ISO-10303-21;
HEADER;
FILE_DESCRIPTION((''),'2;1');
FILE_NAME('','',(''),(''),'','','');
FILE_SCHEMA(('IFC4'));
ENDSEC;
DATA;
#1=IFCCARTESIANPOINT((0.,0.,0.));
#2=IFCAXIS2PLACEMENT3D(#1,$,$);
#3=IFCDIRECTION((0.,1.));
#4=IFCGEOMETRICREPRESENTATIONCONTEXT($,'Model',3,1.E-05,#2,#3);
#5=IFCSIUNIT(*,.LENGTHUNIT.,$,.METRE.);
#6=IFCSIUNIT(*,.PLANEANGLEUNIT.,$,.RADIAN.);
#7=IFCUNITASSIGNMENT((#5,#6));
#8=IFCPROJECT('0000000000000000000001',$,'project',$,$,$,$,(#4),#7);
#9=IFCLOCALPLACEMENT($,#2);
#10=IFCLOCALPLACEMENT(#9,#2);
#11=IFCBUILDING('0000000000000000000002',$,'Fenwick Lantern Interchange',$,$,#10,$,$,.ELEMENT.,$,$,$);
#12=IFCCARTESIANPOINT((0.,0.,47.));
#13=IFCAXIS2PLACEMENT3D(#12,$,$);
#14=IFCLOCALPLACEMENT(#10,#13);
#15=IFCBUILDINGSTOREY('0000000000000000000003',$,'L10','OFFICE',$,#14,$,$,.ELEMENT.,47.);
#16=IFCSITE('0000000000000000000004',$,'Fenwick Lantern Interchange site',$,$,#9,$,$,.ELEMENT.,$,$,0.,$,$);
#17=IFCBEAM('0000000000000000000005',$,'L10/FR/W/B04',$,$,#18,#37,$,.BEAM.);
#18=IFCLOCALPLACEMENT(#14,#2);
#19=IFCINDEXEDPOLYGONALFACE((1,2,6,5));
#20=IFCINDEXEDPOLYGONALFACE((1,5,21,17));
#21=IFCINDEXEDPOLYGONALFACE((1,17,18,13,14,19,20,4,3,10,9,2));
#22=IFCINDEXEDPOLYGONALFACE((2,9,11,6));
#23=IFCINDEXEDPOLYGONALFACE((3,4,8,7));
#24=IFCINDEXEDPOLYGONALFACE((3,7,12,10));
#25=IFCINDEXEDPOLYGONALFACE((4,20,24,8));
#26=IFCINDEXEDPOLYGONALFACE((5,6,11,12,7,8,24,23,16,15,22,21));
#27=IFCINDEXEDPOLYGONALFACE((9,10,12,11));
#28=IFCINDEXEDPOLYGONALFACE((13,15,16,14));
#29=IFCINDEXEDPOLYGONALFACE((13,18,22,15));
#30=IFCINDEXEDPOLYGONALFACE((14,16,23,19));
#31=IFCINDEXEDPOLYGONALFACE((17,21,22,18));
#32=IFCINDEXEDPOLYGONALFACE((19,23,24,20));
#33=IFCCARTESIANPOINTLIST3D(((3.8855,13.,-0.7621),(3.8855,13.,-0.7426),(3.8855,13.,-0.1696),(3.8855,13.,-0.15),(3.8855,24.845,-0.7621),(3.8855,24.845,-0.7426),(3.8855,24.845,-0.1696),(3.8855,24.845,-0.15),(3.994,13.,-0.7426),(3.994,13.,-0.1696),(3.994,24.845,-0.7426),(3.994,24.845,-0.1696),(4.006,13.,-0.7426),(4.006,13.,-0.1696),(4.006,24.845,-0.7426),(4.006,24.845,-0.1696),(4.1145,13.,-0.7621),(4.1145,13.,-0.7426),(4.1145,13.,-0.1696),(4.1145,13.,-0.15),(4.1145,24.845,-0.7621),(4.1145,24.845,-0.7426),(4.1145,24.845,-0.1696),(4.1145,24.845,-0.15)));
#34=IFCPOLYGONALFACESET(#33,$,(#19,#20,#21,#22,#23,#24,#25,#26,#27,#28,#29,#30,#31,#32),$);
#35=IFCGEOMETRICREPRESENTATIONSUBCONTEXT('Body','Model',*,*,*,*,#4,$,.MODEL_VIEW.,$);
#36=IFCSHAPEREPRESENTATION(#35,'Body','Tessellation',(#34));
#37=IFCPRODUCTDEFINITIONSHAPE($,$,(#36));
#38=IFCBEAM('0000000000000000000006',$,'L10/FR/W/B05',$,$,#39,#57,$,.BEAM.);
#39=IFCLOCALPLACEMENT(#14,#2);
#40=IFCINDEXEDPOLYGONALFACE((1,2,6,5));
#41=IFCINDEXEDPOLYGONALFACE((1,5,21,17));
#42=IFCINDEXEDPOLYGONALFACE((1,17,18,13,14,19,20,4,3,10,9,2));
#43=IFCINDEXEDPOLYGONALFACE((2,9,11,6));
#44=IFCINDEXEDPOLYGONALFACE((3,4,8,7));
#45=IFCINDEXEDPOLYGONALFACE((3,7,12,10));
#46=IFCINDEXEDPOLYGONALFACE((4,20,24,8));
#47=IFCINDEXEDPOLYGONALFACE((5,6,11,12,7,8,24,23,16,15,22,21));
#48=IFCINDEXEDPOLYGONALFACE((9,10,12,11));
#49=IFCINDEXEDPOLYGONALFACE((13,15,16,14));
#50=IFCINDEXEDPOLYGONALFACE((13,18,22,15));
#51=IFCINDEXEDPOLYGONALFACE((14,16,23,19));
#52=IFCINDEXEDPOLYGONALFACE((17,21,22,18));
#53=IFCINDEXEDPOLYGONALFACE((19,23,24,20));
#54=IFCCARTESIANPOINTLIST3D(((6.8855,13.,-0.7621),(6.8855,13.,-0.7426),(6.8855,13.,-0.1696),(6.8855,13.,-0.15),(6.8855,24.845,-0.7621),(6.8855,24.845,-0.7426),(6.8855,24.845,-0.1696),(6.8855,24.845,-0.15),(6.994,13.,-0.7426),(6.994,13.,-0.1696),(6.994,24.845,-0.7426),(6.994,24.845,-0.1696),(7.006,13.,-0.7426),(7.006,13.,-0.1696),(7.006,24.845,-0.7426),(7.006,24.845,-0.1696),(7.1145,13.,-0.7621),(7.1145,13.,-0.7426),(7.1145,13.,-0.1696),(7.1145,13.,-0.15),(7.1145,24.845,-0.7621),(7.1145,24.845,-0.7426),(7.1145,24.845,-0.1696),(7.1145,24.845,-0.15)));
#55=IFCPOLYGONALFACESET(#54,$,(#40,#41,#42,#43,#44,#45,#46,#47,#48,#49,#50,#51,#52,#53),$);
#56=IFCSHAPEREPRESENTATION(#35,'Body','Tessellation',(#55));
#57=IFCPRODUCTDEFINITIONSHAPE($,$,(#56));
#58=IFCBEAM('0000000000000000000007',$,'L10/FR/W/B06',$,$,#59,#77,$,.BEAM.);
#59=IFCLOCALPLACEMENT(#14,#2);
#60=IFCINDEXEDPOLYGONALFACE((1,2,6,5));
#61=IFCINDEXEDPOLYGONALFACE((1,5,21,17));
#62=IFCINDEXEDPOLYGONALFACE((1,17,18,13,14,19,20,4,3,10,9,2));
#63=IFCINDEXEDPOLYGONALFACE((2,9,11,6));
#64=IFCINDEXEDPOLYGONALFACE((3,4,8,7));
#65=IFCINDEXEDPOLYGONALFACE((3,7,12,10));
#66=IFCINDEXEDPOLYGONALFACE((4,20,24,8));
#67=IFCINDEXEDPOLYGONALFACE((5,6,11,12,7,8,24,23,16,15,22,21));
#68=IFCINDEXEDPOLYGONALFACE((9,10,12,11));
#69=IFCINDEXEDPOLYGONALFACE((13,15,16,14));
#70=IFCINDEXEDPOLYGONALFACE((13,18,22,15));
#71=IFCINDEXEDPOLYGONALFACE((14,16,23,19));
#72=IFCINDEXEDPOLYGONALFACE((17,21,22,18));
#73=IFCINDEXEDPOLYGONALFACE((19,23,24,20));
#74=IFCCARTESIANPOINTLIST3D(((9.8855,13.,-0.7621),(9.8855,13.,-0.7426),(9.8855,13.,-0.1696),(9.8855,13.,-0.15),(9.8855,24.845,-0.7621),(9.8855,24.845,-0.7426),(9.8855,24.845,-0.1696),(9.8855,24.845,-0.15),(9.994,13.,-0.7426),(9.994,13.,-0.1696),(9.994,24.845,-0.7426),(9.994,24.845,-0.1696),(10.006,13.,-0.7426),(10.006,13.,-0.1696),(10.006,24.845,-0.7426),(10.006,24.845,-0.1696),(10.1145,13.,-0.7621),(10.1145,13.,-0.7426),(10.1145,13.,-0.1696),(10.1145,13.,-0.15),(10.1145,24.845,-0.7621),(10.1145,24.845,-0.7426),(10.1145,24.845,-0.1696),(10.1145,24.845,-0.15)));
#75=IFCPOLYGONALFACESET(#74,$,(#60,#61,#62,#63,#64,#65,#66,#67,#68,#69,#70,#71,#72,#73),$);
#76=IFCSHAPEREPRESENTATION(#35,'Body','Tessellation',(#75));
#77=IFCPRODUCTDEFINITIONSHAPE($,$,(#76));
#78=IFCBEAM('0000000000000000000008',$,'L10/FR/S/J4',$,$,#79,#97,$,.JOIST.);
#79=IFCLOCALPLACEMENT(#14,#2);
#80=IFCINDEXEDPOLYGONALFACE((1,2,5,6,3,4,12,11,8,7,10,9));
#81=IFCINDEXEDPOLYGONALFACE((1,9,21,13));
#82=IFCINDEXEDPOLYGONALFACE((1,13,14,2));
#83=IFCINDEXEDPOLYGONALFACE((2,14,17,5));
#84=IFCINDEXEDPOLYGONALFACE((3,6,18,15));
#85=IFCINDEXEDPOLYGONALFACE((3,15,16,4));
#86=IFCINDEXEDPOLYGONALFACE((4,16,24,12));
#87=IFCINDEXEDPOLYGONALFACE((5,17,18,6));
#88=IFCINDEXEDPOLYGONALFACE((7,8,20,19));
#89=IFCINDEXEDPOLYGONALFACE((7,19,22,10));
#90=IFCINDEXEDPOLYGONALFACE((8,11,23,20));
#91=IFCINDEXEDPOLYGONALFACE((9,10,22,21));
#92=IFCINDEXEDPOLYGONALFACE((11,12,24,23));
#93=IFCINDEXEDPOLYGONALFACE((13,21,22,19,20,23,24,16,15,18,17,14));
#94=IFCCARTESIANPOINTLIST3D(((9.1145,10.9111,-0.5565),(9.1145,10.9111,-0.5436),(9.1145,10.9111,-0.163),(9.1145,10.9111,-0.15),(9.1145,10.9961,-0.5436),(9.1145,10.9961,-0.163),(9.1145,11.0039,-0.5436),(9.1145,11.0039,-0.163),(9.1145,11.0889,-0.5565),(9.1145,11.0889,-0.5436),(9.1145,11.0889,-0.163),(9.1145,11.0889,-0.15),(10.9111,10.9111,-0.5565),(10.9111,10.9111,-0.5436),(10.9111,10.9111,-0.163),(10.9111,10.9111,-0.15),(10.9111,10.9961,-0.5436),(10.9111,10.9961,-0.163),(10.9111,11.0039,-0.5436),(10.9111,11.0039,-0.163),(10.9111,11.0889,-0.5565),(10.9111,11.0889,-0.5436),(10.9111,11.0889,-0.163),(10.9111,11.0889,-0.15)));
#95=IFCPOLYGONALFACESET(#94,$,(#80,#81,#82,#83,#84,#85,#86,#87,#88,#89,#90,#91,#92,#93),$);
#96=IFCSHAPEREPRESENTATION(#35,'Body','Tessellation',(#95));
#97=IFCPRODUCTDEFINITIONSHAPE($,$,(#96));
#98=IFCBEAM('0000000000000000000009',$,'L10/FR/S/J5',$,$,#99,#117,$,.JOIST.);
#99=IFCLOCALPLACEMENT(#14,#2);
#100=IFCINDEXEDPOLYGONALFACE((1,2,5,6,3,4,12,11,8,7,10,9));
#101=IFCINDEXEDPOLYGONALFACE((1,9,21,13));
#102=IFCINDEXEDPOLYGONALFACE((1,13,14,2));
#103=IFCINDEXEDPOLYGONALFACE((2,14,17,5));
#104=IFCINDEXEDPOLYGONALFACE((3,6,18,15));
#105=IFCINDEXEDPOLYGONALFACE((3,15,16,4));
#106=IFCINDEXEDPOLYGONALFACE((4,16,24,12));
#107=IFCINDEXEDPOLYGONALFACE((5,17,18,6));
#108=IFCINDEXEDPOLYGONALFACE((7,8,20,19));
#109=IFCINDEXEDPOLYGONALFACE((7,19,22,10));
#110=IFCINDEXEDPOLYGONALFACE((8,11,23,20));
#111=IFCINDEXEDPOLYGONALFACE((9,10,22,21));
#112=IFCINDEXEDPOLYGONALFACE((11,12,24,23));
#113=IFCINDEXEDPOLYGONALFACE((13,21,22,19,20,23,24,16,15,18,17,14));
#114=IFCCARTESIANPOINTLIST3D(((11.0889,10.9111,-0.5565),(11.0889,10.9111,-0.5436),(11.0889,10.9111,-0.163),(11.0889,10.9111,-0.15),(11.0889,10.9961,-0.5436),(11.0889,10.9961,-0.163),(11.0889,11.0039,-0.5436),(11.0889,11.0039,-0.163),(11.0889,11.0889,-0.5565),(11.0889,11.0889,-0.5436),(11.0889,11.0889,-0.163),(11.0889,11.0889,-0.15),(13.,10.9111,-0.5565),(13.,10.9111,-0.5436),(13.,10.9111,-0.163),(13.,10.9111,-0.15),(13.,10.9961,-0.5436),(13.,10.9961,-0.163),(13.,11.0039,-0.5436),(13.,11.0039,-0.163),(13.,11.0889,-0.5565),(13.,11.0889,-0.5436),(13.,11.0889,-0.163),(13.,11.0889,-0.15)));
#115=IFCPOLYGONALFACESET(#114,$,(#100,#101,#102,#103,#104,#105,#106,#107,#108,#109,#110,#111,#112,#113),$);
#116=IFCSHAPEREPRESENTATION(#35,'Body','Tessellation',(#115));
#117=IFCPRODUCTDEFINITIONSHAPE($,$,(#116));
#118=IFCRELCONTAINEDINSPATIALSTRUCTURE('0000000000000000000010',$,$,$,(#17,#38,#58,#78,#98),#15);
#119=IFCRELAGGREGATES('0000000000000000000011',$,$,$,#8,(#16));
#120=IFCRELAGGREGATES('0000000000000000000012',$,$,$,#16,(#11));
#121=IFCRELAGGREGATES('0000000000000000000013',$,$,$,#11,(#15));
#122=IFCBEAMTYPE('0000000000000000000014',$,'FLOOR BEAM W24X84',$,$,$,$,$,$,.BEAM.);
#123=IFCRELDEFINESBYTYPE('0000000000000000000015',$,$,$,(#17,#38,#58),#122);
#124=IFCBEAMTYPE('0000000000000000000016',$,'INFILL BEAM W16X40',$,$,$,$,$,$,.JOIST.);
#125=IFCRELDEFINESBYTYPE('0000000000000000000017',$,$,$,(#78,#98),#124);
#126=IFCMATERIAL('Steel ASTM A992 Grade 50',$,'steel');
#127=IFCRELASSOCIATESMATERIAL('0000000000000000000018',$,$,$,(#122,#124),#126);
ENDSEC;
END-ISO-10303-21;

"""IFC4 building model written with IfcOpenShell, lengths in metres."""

from ifc_helpers import new_model, si_unit, direction, frame, origin, origin_2d, place, context, subcontext, project, spatial, i_section, extrude, material, material_profile, profile_set, type_object, element, save


model = new_model("IFC4")

# Units and contexts
model_context = context("Model", 3, precision=1e-05, world=origin(), true_north=direction((0.0, 1.0)))
body_context = subcontext(model_context, "Body", "Model", "MODEL_VIEW")
ifc_project = project(units=[si_unit("LENGTHUNIT", "METRE"), si_unit("PLANEANGLEUNIT", "RADIAN")], contexts=[model_context])

# Site, building, storey
site_placement = place(None, origin())
site = spatial("IfcSite", under=ifc_project, at=site_placement, Name="Fenwick Lantern Interchange site", CompositionType="ELEMENT", RefElevation=0.0)
building_placement = place(site_placement, origin())
building = spatial("IfcBuilding", under=site, at=building_placement, Name="Fenwick Lantern Interchange", CompositionType="ELEMENT")
storey_placement = place(building_placement, frame((0.0, 0.0, 47.0)))
storey = spatial("IfcBuildingStorey", under=building, at=storey_placement, Name="L10", Description="OFFICE", CompositionType="ELEMENT", Elevation=47.0)

# Beams
ifc_material_1 = material(Name="Steel ASTM A992 Grade 50", Category="steel")
ifc_material_profile_1 = material_profile(ifc_material_1, i_section(OverallWidth=0.229, OverallDepth=0.6121, WebThickness=0.012, FlangeThickness=0.0195, at=origin_2d()), Name="W24X84")
ifc_profile_set_1 = profile_set([ifc_material_profile_1], Name="Steel ASTM A992 Grade 50")
beam_type_1 = type_object("IfcBeamType", Name="FLOOR BEAM W24X84", PredefinedType="BEAM", material=ifc_profile_set_1)
for number, where, z_axis, x_axis, name in (
    (1, (4.0, 24.845, -0.4561), (0.0, -1.0, 0.0), (1.0, 0.0, 0.0), "L10/FR/W/B04"),
    (2, (7.0, 24.845, -0.4561), (0.0, -1.0, 0.0), (1.0, 0.0, 0.0), "L10/FR/W/B05"),
    (3, (10.0, 24.845, -0.4561), (0.0, -1.0, 0.0), (1.0, 0.0, 0.0), "L10/FR/W/B06"),
):
    element("IfcBeam", number, at=place(storey_placement, frame(where, z_axis=z_axis, x_axis=x_axis)), inside=storey, type_object=beam_type_1, Name=name, PredefinedType="BEAM", context=body_context, shape_type="SweptSolid", body=[
        extrude(i_section(OverallWidth=0.229, OverallDepth=0.6121, WebThickness=0.012, FlangeThickness=0.0195, at=origin_2d()), origin(), (0.0, 0.0, 1.0), 11.845),
    ])
ifc_material_profile_2 = material_profile(ifc_material_1, i_section(OverallWidth=0.1777, OverallDepth=0.4065, WebThickness=0.0078, FlangeThickness=0.0129, at=origin_2d()), Name="W16X40")
ifc_profile_set_2 = profile_set([ifc_material_profile_2], Name="Steel ASTM A992 Grade 50")
beam_type_2 = type_object("IfcBeamType", Name="INFILL BEAM W16X40", PredefinedType="JOIST", material=ifc_profile_set_2)
beam_1_placement = place(storey_placement, frame((9.1145, 11.0, -0.3533), z_axis=(1.0, 0.0, 0.0), x_axis=(0.0, 1.0, 0.0)))
element("IfcBeam", 4, at=beam_1_placement, inside=storey, type_object=beam_type_2, Name="L10/FR/S/J4", PredefinedType="JOIST", context=body_context, shape_type="SweptSolid", body=[
    extrude(i_section(OverallWidth=0.1777, OverallDepth=0.4065, WebThickness=0.0078, FlangeThickness=0.0129, at=origin_2d()), origin(), (0.0, 0.0, 1.0), 1.7966),
])
beam_2_placement = place(storey_placement, frame((11.0889, 11.0, -0.3533), z_axis=(1.0, 0.0, 0.0), x_axis=(0.0, 1.0, 0.0)))
element("IfcBeam", 5, at=beam_2_placement, inside=storey, type_object=beam_type_2, Name="L10/FR/S/J5", PredefinedType="JOIST", context=body_context, shape_type="SweptSolid", body=[
    extrude(i_section(OverallWidth=0.1777, OverallDepth=0.4065, WebThickness=0.0078, FlangeThickness=0.0129, at=origin_2d()), origin(), (0.0, 0.0, 1.0), 1.9111),
])

save(model, "model.ifc")
